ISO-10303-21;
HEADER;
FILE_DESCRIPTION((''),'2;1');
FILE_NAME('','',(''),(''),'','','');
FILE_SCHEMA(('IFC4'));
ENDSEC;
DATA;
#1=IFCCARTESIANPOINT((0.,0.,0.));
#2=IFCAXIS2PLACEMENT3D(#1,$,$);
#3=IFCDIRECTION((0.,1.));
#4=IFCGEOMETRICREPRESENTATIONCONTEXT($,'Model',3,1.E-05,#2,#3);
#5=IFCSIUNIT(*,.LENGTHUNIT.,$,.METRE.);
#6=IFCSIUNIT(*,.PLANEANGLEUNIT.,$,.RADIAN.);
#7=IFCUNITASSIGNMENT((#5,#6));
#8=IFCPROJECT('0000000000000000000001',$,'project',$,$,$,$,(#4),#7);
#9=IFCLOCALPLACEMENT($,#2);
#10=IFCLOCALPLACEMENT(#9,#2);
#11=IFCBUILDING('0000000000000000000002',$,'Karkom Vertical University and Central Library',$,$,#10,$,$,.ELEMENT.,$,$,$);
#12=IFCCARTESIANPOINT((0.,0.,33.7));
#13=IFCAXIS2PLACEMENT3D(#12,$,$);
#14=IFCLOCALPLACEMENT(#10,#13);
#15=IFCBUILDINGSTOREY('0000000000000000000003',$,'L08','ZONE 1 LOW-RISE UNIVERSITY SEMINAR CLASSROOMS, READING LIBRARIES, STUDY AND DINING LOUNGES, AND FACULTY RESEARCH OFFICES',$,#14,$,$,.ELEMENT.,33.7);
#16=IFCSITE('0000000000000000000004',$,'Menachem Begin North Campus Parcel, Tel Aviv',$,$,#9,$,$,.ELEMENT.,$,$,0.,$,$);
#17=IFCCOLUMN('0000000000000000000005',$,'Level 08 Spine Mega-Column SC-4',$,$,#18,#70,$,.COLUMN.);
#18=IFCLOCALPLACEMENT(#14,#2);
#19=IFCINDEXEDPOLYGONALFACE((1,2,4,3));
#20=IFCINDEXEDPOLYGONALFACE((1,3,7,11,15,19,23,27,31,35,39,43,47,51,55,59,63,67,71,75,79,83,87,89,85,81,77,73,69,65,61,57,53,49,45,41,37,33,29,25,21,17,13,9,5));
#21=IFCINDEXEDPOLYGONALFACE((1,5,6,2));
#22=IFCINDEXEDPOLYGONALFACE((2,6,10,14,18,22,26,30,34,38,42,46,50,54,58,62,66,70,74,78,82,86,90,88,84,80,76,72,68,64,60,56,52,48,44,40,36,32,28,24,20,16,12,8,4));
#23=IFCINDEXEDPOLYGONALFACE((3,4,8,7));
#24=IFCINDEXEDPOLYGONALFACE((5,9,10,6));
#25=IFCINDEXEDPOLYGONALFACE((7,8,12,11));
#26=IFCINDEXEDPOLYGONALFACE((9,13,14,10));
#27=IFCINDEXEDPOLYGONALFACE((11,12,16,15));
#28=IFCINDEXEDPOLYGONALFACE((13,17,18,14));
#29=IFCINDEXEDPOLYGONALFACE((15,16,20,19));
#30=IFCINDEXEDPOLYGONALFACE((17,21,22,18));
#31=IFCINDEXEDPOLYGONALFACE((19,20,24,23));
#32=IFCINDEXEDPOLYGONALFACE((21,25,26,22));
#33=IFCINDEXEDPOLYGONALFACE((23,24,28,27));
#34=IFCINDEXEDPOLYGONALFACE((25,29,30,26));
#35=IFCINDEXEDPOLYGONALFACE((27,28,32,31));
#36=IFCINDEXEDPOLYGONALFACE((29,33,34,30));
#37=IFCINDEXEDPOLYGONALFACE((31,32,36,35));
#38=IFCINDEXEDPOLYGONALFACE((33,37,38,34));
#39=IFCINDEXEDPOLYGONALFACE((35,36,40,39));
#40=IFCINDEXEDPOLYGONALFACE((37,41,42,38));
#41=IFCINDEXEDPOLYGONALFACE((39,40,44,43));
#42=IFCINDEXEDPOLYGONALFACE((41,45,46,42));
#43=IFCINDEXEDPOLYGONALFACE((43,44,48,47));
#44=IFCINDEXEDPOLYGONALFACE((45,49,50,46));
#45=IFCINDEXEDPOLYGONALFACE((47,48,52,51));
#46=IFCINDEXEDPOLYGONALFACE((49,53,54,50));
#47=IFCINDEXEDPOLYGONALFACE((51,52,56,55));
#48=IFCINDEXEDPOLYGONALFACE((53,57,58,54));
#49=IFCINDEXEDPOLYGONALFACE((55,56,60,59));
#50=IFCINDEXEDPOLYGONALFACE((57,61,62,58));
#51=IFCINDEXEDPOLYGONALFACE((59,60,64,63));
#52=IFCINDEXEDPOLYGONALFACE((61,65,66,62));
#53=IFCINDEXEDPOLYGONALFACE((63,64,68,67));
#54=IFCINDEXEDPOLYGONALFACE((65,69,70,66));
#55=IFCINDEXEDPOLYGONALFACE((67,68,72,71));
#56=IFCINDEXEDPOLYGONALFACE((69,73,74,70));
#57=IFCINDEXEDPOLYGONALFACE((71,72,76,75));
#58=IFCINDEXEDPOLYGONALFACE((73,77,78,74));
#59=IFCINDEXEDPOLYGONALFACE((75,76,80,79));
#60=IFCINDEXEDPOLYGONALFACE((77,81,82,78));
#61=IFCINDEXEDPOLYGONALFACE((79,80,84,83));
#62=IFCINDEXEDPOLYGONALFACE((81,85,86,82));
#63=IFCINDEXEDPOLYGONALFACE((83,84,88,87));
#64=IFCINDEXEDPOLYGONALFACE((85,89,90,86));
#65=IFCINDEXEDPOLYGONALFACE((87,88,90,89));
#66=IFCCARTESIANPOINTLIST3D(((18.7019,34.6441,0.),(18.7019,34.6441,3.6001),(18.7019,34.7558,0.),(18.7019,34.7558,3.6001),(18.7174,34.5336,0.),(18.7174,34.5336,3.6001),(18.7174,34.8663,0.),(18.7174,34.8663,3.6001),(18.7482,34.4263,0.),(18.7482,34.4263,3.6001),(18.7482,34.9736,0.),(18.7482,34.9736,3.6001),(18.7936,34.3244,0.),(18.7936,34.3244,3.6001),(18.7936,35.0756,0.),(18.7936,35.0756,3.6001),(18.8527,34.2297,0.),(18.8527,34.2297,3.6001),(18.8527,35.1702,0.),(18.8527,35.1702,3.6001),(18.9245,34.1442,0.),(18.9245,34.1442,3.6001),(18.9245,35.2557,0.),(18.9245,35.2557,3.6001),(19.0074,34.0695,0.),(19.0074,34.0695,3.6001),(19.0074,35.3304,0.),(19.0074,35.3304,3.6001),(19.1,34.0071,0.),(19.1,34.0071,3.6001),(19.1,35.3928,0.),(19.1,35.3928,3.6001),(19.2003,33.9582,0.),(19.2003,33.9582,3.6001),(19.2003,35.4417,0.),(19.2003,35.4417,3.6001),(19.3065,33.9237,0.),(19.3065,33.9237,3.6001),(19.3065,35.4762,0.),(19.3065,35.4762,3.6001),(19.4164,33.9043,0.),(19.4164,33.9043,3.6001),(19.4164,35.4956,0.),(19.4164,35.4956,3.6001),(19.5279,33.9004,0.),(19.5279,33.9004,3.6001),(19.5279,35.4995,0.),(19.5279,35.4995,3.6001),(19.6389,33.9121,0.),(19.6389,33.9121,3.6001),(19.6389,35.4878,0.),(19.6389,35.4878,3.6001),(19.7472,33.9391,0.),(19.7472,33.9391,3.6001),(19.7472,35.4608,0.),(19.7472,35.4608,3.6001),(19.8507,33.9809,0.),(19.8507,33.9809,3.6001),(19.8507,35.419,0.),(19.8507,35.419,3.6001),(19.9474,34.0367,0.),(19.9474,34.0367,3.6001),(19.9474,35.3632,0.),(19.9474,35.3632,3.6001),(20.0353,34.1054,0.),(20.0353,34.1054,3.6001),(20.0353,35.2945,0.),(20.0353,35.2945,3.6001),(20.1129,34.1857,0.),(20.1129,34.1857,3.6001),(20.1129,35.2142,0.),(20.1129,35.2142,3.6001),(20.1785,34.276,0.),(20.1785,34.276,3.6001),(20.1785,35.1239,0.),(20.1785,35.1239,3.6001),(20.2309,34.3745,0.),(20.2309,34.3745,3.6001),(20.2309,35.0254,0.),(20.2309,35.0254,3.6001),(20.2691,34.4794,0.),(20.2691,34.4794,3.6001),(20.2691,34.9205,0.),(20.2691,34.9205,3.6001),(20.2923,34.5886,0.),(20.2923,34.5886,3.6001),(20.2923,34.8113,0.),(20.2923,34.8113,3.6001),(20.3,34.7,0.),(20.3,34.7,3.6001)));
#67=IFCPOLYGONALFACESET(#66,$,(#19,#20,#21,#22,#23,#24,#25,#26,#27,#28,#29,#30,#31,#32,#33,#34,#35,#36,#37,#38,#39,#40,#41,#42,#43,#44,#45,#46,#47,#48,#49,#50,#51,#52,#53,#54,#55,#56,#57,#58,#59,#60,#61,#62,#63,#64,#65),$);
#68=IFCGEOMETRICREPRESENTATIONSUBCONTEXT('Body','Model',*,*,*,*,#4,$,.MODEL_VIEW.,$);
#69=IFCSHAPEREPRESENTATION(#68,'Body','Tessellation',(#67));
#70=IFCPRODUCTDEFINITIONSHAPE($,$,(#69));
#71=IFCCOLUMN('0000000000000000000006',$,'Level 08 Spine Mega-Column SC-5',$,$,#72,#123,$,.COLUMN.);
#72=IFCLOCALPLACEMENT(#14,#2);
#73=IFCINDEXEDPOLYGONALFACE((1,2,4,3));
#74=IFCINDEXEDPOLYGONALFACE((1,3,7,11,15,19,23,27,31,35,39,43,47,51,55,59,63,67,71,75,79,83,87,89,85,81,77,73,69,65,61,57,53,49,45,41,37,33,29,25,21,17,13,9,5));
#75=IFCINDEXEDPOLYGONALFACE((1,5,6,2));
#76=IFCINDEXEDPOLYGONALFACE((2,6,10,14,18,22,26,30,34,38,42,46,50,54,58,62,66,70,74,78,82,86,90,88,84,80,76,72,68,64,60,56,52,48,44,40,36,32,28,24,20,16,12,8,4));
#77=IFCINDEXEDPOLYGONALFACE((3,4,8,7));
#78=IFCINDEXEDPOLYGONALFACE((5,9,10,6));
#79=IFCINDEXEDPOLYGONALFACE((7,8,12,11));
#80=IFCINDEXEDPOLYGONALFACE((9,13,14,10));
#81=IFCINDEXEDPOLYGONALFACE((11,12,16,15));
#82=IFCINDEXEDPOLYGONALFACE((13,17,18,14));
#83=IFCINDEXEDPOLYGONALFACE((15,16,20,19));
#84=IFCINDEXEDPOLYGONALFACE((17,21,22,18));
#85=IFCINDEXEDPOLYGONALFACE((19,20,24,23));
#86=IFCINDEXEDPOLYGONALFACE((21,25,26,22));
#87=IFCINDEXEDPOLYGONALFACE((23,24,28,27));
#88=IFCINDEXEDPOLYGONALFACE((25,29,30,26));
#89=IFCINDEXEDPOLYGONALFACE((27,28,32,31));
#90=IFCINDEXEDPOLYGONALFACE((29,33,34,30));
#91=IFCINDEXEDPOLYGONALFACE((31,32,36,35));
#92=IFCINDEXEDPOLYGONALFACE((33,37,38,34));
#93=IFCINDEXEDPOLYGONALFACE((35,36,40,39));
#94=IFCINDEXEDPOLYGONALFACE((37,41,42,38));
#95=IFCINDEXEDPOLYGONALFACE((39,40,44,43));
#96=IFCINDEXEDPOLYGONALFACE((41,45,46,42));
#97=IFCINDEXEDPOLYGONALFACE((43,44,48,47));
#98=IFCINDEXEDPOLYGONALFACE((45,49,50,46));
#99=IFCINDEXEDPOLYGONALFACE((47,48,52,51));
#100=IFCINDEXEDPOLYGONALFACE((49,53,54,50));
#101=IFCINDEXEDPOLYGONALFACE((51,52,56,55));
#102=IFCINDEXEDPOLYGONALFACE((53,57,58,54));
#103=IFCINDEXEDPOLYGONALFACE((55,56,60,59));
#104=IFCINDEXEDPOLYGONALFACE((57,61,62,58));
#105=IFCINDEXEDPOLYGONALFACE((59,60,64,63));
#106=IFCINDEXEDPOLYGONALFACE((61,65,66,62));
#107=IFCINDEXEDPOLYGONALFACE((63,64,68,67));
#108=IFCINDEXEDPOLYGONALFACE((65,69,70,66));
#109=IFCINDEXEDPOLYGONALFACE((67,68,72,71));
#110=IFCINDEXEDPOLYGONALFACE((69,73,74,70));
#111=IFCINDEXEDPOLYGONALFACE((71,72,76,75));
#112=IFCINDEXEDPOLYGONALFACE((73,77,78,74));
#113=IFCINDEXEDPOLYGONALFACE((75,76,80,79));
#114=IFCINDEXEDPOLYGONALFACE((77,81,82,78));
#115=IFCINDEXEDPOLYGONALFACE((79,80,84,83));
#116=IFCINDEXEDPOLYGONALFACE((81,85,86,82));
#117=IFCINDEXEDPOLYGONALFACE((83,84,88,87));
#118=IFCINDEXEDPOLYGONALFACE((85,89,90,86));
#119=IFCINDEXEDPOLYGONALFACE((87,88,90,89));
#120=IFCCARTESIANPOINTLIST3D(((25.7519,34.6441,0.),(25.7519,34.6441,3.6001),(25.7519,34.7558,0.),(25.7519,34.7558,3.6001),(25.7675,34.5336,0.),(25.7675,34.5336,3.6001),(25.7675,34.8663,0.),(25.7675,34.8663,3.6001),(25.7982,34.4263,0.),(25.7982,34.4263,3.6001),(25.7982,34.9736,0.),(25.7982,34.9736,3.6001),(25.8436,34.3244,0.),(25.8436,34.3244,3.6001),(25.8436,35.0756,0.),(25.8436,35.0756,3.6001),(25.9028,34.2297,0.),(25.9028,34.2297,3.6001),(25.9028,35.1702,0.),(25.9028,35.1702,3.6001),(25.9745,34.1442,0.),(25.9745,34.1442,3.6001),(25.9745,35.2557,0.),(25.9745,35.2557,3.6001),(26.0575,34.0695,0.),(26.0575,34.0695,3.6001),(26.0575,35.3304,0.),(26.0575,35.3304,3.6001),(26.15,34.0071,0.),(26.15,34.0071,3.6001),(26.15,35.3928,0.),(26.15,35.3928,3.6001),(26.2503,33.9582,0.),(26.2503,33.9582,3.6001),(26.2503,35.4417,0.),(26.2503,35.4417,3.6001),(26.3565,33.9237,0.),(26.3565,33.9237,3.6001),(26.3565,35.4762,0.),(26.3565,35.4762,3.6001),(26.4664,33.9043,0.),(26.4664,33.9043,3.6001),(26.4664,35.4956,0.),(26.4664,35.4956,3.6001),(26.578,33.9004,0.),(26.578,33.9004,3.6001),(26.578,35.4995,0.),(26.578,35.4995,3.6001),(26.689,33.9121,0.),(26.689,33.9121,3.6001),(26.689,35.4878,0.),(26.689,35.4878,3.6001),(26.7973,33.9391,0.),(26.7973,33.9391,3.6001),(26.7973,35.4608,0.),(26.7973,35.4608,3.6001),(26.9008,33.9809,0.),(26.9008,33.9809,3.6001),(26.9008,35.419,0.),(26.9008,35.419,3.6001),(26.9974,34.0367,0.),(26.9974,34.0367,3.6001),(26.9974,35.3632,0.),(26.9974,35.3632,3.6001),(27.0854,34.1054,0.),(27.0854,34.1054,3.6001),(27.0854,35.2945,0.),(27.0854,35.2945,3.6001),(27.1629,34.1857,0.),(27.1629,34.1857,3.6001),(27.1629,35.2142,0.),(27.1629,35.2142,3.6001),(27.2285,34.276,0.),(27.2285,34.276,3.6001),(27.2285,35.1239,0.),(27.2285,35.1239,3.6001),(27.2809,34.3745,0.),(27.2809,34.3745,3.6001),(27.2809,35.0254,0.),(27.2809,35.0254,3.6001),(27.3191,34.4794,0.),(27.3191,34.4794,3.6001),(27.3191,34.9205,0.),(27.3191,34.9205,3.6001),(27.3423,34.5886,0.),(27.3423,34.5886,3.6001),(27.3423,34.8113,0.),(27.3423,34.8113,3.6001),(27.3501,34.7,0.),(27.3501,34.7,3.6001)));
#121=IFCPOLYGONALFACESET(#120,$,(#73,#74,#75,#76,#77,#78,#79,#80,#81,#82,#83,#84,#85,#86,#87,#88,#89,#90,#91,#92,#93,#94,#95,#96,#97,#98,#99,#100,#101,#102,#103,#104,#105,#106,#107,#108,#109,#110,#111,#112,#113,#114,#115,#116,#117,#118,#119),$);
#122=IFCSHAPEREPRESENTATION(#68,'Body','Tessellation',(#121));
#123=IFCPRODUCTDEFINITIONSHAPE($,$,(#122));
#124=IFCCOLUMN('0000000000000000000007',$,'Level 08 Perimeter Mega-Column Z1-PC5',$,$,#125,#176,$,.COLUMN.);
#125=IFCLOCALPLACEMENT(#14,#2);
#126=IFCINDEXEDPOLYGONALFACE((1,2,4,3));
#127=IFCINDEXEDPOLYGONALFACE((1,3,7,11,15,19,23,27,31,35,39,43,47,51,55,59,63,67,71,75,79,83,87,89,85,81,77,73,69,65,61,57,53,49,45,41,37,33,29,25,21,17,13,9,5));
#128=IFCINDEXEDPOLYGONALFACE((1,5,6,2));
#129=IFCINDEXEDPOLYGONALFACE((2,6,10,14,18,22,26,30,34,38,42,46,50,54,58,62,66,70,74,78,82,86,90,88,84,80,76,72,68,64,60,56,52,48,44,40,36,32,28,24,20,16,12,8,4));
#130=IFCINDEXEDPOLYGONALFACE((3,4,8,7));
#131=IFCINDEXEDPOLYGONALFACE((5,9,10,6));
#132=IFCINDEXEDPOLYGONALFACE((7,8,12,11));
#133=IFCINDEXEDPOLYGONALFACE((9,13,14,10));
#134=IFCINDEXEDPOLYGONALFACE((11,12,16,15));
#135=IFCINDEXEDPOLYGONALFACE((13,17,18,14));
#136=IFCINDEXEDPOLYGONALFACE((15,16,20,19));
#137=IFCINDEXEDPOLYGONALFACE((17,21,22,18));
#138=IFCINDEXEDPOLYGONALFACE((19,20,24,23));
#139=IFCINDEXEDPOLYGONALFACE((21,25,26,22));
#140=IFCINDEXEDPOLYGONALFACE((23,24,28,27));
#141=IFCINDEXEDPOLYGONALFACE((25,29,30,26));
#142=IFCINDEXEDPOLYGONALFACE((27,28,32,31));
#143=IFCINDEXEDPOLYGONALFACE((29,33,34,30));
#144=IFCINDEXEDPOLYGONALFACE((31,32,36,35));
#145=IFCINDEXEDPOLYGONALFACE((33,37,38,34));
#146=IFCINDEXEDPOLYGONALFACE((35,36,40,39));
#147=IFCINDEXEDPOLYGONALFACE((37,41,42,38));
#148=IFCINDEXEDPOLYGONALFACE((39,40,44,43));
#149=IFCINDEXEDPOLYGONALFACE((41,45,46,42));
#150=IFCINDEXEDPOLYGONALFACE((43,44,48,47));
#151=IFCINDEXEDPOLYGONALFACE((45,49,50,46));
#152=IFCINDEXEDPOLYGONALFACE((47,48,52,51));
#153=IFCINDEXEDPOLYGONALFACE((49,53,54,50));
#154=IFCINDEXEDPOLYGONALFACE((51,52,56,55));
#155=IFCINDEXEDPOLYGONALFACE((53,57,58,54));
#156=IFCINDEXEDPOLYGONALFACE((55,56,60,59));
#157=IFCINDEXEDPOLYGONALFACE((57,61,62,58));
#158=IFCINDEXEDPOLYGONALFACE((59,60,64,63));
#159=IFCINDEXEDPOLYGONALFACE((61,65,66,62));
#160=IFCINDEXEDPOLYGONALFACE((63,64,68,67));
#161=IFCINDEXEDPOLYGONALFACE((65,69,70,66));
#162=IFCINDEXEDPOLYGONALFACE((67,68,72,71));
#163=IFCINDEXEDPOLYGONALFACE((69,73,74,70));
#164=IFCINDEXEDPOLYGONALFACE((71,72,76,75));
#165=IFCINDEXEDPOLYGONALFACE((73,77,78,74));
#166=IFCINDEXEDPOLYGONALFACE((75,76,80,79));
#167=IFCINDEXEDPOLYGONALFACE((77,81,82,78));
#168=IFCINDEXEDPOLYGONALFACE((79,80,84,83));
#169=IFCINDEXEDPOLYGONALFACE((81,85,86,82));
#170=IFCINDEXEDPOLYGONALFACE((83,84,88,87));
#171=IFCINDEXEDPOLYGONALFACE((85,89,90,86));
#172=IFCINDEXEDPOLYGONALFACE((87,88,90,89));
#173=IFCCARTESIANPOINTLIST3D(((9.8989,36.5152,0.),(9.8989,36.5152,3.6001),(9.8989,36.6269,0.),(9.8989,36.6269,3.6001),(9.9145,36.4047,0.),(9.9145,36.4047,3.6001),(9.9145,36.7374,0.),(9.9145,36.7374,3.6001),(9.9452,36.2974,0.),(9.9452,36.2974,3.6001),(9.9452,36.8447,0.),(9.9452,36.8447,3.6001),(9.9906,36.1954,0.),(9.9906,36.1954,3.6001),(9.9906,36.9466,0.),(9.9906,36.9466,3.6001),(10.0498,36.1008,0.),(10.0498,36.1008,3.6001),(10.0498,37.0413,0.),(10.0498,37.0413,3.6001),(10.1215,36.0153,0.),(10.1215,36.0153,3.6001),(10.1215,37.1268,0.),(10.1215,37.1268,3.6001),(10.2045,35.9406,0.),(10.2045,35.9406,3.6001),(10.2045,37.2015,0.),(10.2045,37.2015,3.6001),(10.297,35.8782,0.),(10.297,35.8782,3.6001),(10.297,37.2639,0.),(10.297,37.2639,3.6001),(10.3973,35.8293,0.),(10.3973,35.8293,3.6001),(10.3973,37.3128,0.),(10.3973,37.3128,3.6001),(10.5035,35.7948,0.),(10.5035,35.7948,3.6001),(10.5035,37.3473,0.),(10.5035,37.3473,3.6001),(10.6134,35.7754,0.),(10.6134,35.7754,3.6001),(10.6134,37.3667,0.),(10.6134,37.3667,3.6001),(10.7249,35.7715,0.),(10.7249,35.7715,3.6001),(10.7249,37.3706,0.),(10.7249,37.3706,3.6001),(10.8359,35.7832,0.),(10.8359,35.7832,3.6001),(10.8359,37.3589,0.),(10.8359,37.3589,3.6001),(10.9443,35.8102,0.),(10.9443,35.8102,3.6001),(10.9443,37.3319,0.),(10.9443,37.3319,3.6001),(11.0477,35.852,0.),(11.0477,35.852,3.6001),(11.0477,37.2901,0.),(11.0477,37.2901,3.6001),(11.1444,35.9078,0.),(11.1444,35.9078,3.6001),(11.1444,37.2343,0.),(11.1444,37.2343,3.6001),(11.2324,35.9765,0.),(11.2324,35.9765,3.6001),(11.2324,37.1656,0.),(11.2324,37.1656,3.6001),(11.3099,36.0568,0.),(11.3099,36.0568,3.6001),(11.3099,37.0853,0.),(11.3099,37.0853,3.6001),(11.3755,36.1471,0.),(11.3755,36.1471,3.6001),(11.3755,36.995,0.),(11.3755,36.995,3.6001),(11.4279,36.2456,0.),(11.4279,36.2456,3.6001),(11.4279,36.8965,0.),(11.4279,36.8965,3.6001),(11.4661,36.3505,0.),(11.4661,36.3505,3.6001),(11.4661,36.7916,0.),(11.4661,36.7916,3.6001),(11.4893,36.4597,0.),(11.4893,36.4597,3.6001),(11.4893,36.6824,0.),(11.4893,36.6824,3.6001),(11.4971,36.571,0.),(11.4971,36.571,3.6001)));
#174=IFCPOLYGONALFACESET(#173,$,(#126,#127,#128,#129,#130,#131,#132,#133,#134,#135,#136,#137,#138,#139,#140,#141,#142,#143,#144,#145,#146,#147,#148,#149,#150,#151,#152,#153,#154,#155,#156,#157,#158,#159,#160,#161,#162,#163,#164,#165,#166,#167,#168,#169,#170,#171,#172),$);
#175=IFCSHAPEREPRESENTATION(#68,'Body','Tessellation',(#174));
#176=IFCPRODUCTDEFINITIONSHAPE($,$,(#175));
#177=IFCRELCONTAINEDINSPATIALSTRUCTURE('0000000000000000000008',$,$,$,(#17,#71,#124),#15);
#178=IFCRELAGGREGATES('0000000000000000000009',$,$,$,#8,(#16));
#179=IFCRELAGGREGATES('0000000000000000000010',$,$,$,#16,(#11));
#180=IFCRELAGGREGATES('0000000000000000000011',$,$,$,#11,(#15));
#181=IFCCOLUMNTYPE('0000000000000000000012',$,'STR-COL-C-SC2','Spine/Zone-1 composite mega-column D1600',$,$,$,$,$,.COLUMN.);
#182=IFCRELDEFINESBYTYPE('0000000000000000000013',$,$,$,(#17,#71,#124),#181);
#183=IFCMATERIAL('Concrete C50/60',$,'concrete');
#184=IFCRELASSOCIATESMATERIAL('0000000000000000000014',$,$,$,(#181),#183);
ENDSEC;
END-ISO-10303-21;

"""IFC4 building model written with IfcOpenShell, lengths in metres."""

from ifc_helpers import new_model, si_unit, direction, frame, origin, origin_with_axes, origin_2d, place, context, subcontext, project, spatial, circle, extrude, source, transform, mapped, material, material_profile, profile_set, type_object, element, save


model = new_model("IFC4")

# Units and contexts
model_context = context("Model", 3, precision=1e-05, world=origin(), true_north=direction((0.0, 1.0)))
body_context = subcontext(model_context, "Body", "Model", "MODEL_VIEW")
ifc_project = project(units=[si_unit("LENGTHUNIT", "METRE"), si_unit("PLANEANGLEUNIT", "RADIAN")], contexts=[model_context])

# Site, building, storey
site_placement = place(None, origin())
site = spatial("IfcSite", under=ifc_project, at=site_placement, Name="Menachem Begin North Campus Parcel, Tel Aviv", CompositionType="ELEMENT", RefElevation=0.0)
building_placement = place(site_placement, origin())
building = spatial("IfcBuilding", under=site, at=building_placement, Name="Karkom Vertical University and Central Library", CompositionType="ELEMENT")
storey_placement = place(building_placement, frame((0.0, 0.0, 33.7)))
storey = spatial("IfcBuildingStorey", under=building, at=storey_placement, Name="L08", Description="ZONE 1 LOW-RISE UNIVERSITY SEMINAR CLASSROOMS, READING LIBRARIES, STUDY AND DINING LOUNGES, AND FACULTY RESEARCH OFFICES", CompositionType="ELEMENT", Elevation=33.7)

# Columns
ifc_material_1 = material(Name="Concrete C50/60", Category="concrete")
ifc_material_profile_1 = material_profile(ifc_material_1, circle(Radius=0.8, at=origin_2d()), Name="CFT-D1600")
ifc_profile_set_1 = profile_set([ifc_material_profile_1], Name="Concrete C50/60")
column_type = type_object("IfcColumnType", Name="STR-COL-C-SC2", Description="Spine/Zone-1 composite mega-column D1600", PredefinedType="COLUMN", material=ifc_profile_set_1)
shared_shape_1 = source(origin_with_axes(), body_context, "Body", "SweptSolid", [
    extrude(circle(Radius=0.8, at=origin_2d()), origin(), (0.0, 0.0, 1.0), 3.6001),
])
for number, where, z_axis, x_axis, name in (
    (1, (19.5, 34.7, 0.0), (0.0, 0.0, 1.0), (1.0, 0.0, 0.0), "Level 08 Spine Mega-Column SC-4"),
    (2, (26.55, 34.7, 0.0), (0.0, 0.0, 1.0), (1.0, 0.0, 0.0), "Level 08 Spine Mega-Column SC-5"),
    (3, (10.697, 36.571, 0.0), (0.0, 0.0, 1.0), (1.0, 0.0, 0.0), "Level 08 Perimeter Mega-Column Z1-PC5"),
):
    element("IfcColumn", number, at=place(storey_placement, frame(where, z_axis=z_axis, x_axis=x_axis)), inside=storey, type_object=column_type, Name=name, PredefinedType="COLUMN", context=body_context, shape_type="MappedRepresentation", body=[
        mapped(shared_shape_1, transform((0.0, 0.0, 0.0), scale=1.0)),
    ])

save(model, "model.ifc")
